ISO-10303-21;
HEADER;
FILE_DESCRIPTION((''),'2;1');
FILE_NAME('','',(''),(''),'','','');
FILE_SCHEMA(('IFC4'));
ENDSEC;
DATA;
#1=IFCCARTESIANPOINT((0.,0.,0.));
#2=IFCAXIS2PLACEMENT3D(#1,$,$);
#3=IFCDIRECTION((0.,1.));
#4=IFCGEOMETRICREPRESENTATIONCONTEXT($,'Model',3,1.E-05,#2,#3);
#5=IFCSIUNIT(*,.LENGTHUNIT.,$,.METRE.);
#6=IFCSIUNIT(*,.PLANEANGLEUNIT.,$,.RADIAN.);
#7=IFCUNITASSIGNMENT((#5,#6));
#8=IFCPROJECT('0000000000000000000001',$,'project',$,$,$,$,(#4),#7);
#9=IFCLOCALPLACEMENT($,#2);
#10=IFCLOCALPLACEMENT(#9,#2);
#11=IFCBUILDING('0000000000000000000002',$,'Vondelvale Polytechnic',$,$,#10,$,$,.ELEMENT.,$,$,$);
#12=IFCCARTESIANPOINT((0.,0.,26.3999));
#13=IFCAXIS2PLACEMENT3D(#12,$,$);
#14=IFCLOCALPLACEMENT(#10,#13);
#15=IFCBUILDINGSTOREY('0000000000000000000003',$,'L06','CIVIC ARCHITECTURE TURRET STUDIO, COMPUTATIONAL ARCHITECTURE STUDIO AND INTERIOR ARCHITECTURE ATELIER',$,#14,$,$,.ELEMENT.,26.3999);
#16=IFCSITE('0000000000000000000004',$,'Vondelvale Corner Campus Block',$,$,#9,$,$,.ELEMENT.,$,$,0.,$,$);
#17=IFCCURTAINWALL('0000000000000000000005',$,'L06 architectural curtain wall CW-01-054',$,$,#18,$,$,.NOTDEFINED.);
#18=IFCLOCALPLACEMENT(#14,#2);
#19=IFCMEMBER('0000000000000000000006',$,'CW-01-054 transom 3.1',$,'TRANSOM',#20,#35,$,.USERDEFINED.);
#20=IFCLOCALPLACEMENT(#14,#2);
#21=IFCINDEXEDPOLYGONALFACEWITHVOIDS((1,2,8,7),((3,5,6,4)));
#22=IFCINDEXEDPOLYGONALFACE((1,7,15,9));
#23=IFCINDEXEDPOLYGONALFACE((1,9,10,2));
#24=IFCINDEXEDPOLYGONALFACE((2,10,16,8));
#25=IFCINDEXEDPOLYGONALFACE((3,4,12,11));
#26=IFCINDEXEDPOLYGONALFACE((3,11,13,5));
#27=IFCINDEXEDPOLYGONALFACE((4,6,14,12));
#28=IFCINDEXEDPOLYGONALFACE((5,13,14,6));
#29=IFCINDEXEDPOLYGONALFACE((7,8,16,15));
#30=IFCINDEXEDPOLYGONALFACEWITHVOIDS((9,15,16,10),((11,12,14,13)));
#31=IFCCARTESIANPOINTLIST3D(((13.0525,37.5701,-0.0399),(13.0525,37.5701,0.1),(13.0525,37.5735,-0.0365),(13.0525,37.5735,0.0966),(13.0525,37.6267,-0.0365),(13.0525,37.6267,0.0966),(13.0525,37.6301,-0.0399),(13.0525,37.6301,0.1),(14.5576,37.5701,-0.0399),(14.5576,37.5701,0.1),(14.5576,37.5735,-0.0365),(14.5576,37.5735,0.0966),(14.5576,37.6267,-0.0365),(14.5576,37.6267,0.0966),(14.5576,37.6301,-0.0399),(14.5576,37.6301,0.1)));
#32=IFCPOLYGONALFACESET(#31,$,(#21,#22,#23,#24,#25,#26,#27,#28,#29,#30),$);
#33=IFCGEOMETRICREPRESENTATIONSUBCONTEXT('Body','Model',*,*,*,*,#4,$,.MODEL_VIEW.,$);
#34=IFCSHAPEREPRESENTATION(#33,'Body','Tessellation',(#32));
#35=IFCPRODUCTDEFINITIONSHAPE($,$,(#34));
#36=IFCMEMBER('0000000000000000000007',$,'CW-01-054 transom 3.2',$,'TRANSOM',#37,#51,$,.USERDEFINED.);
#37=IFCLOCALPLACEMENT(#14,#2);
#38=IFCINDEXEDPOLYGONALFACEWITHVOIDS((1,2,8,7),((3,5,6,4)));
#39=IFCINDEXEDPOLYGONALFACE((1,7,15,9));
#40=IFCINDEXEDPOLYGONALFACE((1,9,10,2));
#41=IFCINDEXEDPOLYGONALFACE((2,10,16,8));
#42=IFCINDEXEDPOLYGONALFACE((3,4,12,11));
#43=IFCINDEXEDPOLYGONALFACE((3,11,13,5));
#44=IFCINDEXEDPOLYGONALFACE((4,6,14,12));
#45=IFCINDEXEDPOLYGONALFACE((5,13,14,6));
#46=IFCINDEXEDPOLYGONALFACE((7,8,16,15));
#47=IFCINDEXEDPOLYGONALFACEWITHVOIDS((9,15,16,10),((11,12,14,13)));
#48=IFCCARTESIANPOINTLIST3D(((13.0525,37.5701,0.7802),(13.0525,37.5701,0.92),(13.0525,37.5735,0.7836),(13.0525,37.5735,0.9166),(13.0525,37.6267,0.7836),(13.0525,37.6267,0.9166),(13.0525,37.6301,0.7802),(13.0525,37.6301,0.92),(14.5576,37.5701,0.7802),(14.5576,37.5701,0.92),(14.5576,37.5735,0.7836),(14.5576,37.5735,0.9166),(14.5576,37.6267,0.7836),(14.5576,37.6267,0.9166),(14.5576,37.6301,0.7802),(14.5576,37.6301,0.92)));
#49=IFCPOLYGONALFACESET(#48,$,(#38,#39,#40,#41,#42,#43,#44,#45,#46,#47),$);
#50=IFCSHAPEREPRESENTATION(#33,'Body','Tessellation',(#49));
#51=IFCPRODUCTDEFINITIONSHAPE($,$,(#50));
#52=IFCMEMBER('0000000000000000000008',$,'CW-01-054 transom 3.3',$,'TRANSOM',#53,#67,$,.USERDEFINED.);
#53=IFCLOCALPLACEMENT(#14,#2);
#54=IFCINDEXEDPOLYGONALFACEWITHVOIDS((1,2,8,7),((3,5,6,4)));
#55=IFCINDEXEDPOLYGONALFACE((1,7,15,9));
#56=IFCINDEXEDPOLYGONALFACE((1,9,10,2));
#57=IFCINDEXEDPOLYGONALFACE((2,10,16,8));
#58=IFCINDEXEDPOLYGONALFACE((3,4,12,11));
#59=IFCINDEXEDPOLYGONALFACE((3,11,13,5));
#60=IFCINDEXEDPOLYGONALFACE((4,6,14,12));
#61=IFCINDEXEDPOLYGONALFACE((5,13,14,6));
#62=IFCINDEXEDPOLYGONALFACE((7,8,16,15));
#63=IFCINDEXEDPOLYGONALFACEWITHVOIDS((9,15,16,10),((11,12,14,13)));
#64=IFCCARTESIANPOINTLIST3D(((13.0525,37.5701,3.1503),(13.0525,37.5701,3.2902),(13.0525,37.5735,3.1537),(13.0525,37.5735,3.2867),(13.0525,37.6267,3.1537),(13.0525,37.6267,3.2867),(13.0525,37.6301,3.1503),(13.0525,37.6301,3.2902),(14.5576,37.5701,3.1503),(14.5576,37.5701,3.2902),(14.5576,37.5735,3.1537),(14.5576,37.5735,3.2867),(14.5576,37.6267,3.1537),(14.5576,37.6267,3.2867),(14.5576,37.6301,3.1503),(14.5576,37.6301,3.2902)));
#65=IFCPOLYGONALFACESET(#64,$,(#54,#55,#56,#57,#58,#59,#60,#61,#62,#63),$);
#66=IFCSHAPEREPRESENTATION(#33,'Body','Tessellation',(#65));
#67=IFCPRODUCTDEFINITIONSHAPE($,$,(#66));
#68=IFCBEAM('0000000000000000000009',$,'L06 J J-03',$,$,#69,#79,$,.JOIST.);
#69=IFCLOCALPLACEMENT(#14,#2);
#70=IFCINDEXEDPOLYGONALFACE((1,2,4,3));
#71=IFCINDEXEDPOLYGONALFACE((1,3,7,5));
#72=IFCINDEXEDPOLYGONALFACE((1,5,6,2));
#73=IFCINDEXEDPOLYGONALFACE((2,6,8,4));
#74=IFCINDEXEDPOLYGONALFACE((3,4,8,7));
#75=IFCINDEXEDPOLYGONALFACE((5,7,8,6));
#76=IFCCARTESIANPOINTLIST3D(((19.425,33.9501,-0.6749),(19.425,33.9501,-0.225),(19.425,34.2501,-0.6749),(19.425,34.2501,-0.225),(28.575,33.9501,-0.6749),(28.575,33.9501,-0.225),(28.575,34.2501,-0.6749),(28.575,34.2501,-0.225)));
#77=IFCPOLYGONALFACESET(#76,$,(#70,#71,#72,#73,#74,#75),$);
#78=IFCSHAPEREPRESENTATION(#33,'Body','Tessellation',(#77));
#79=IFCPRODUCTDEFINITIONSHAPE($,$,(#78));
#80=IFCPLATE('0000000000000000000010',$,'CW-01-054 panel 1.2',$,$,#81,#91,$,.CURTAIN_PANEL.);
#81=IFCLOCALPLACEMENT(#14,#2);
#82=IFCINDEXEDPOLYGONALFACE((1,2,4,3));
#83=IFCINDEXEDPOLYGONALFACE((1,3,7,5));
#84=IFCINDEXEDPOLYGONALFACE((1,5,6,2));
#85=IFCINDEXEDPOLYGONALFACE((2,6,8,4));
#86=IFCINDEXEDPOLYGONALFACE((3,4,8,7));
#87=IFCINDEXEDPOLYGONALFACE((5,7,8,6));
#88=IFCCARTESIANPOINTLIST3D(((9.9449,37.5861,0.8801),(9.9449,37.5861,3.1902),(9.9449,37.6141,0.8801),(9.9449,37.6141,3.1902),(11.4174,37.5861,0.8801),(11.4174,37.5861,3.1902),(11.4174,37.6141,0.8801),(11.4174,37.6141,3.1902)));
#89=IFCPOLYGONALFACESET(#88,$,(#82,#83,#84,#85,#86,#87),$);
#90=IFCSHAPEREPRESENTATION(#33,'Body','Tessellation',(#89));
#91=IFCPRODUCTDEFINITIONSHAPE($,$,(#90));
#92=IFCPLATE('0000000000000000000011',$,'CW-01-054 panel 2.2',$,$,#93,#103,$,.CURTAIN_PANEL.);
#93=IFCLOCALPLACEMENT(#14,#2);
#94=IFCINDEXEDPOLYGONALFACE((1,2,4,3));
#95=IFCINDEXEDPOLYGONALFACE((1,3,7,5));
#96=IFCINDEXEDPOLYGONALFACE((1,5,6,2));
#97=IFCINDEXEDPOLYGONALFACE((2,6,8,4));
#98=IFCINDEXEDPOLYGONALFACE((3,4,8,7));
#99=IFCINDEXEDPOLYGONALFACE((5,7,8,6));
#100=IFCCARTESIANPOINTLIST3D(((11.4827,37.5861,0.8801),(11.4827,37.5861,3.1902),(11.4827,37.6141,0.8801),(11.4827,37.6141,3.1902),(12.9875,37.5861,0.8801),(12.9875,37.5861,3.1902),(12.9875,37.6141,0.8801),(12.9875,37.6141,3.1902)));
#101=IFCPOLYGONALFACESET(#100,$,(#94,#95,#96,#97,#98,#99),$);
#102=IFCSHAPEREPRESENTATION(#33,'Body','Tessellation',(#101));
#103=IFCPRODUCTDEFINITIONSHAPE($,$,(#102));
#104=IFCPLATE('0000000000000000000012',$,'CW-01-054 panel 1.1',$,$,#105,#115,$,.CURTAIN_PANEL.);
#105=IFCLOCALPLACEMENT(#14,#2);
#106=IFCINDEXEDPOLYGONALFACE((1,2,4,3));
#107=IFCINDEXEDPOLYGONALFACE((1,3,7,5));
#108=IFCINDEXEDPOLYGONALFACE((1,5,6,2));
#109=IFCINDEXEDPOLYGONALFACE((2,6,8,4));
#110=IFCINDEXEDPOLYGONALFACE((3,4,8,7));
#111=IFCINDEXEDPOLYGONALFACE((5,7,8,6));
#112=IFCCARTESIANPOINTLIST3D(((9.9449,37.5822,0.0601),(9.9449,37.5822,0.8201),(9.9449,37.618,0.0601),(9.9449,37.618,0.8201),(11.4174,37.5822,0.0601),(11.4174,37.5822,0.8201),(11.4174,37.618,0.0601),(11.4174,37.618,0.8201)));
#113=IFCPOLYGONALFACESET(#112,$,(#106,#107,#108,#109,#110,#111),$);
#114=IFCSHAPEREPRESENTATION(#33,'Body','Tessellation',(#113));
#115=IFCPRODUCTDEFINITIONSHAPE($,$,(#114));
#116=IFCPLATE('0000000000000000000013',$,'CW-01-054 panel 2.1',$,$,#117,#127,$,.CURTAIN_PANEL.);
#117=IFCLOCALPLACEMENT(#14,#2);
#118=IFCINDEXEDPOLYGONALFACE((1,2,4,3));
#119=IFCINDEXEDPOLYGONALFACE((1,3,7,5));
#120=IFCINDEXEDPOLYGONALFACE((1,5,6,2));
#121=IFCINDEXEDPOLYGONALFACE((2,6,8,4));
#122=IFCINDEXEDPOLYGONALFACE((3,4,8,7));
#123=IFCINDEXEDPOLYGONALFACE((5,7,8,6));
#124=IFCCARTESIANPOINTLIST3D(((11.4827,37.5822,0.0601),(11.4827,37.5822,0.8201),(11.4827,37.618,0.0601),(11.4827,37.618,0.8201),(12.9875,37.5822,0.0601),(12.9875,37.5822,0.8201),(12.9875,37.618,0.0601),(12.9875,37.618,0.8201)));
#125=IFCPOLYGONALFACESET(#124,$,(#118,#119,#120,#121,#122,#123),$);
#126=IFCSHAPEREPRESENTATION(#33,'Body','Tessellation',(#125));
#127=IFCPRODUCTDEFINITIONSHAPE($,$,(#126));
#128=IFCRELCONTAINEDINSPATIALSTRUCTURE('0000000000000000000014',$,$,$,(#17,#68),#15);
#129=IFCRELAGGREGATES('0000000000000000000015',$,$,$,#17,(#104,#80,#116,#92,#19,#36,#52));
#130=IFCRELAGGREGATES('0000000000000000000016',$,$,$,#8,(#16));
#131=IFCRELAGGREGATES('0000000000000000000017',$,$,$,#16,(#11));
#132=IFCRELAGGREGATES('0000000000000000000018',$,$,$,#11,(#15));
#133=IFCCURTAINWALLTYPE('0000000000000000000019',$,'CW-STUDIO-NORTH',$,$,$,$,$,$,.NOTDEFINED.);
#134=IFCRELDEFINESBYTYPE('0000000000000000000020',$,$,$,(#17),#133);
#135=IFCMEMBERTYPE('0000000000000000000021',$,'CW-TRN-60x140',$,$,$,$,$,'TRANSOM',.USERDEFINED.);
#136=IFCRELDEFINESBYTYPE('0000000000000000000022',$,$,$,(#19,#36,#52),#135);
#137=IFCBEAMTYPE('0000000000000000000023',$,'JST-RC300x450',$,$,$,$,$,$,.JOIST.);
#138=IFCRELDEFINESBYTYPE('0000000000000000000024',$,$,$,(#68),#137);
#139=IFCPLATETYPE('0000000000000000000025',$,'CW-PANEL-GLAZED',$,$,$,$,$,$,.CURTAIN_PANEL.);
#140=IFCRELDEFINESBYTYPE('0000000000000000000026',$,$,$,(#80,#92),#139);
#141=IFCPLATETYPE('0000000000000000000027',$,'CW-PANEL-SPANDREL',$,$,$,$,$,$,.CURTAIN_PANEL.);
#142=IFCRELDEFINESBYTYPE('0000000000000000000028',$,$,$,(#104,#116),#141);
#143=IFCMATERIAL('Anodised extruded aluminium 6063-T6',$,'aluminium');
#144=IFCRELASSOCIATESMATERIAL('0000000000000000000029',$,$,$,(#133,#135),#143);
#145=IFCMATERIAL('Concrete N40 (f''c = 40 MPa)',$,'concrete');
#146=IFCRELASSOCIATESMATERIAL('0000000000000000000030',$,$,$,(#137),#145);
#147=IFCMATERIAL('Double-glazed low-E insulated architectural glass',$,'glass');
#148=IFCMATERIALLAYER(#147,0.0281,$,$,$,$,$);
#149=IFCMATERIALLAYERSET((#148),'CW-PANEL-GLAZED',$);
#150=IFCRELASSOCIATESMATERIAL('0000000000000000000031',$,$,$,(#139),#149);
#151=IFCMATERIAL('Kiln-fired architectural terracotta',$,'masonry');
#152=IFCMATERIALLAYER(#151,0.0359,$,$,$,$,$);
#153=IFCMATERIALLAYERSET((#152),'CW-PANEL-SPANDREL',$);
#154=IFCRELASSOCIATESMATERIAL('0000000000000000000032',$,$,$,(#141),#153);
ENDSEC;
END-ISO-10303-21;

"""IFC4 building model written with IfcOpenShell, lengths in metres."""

from ifc_helpers import new_model, si_unit, direction, frame, origin, origin_2d, place, context, subcontext, project, spatial, rectangle, hollow_rectangle, extrude, material, layer, layer_set, material_profile, profile_set, type_object, element, aggregate, save


model = new_model("IFC4")

# Units and contexts
model_context = context("Model", 3, precision=1e-05, world=origin(), true_north=direction((0.0, 1.0)))
body_context = subcontext(model_context, "Body", "Model", "MODEL_VIEW")
ifc_project = project(units=[si_unit("LENGTHUNIT", "METRE"), si_unit("PLANEANGLEUNIT", "RADIAN")], contexts=[model_context])

# Site, building, storey
site_placement = place(None, origin())
site = spatial("IfcSite", under=ifc_project, at=site_placement, Name="Vondelvale Corner Campus Block", CompositionType="ELEMENT", RefElevation=0.0)
building_placement = place(site_placement, origin())
building = spatial("IfcBuilding", under=site, at=building_placement, Name="Vondelvale Polytechnic", CompositionType="ELEMENT")
storey_placement = place(building_placement, frame((0.0, 0.0, 26.3999)))
storey = spatial("IfcBuildingStorey", under=building, at=storey_placement, Name="L06", Description="CIVIC ARCHITECTURE TURRET STUDIO, COMPUTATIONAL ARCHITECTURE STUDIO AND INTERIOR ARCHITECTURE ATELIER", CompositionType="ELEMENT", Elevation=26.3999)

# Shared definitions
ifc_material_1 = material(Name="Concrete N40 (f'c = 40 MPa)", Category="concrete")

# Curtain wall, members
ifc_material_2 = material(Name="Anodised extruded aluminium 6063-T6", Category="aluminium")
curtain_wall_type = type_object("IfcCurtainWallType", Name="CW-STUDIO-NORTH", PredefinedType="NOTDEFINED", material=ifc_material_2)
curtain_wall_placement = place(storey_placement, origin())
curtain_wall = element("IfcCurtainWall", 1, at=curtain_wall_placement, inside=storey, type_object=curtain_wall_type, Name="L06 architectural curtain wall CW-01-054", PredefinedType="NOTDEFINED")
ifc_material_profile_1 = material_profile(ifc_material_2, hollow_rectangle(XDim=0.0601, YDim=0.1399, WallThickness=0.0034, at=origin_2d()), Name="CW-TRN-140x60")
ifc_profile_set_1 = profile_set([ifc_material_profile_1], Name="Anodised extruded aluminium 6063-T6")
member_type_1 = type_object("IfcMemberType", Name="CW-TRN-60x140", ElementType="TRANSOM", PredefinedType="USERDEFINED", material=ifc_profile_set_1)
member_1_placement = place(storey_placement, frame((13.0525, 37.6001, 0.03), z_axis=(1.0, 0.0, 0.0), x_axis=(0.0, 1.0, 0.0)))
member_1 = element("IfcMember", 2, at=member_1_placement, type_object=member_type_1, Name="CW-01-054 transom 3.1", ObjectType="TRANSOM", PredefinedType="USERDEFINED", context=body_context, shape_type="SweptSolid", body=[
    extrude(hollow_rectangle(XDim=0.0601, YDim=0.1399, WallThickness=0.0034, at=origin_2d()), origin(), (0.0, 0.0, 1.0), 1.5051),
])
member_2_placement = place(storey_placement, frame((13.0525, 37.6001, 0.8501), z_axis=(1.0, 0.0, 0.0), x_axis=(0.0, 1.0, 0.0)))
member_2 = element("IfcMember", 3, at=member_2_placement, type_object=member_type_1, Name="CW-01-054 transom 3.2", ObjectType="TRANSOM", PredefinedType="USERDEFINED", context=body_context, shape_type="SweptSolid", body=[
    extrude(hollow_rectangle(XDim=0.0601, YDim=0.1399, WallThickness=0.0034, at=origin_2d()), origin(), (0.0, 0.0, 1.0), 1.5051),
])
member_3_placement = place(storey_placement, frame((13.0525, 37.6001, 3.2202), z_axis=(1.0, 0.0, 0.0), x_axis=(0.0, 1.0, 0.0)))
member_3 = element("IfcMember", 4, at=member_3_placement, type_object=member_type_1, Name="CW-01-054 transom 3.3", ObjectType="TRANSOM", PredefinedType="USERDEFINED", context=body_context, shape_type="SweptSolid", body=[
    extrude(hollow_rectangle(XDim=0.0601, YDim=0.1399, WallThickness=0.0034, at=origin_2d()), origin(), (0.0, 0.0, 1.0), 1.5051),
])

# Beam
ifc_material_profile_2 = material_profile(ifc_material_1, rectangle(XDim=0.3, YDim=0.45, at=origin_2d()), Name="RC-JST-300x450")
ifc_profile_set_2 = profile_set([ifc_material_profile_2], Name="Concrete N40 (f'c = 40 MPa)")
beam_type_1 = type_object("IfcBeamType", Name="JST-RC300x450", PredefinedType="JOIST", material=ifc_profile_set_2)
beam_1_placement = place(storey_placement, frame((19.425, 34.1001, -0.45), z_axis=(1.0, 0.0, 0.0), x_axis=(0.0, 1.0, 0.0)))
element("IfcBeam", 5, at=beam_1_placement, inside=storey, type_object=beam_type_1, Name="L06 J J-03", PredefinedType="JOIST", context=body_context, shape_type="SweptSolid", body=[
    extrude(rectangle(XDim=0.3, YDim=0.45, at=origin_2d()), origin(), (0.0, 0.0, 1.0), 9.1499),
])

# Plates
ifc_material_3 = material(Name="Double-glazed low-E insulated architectural glass", Category="glass")
ifc_layer_1 = layer(ifc_material_3, 0.0281)
ifc_layer_set_1 = layer_set([ifc_layer_1], Name="CW-PANEL-GLAZED")
plate_type_1 = type_object("IfcPlateType", Name="CW-PANEL-GLAZED", PredefinedType="CURTAIN_PANEL", material=ifc_layer_set_1)
plate_1_placement = place(storey_placement, frame((10.6812, 37.6001, 0.8801), z_axis=(0.0, 0.0, 1.0), x_axis=(1.0, 0.0, 0.0)))
plate_1 = element("IfcPlate", 6, at=plate_1_placement, type_object=plate_type_1, Name="CW-01-054 panel 1.2", PredefinedType="CURTAIN_PANEL", context=body_context, shape_type="SweptSolid", body=[
    extrude(rectangle(XDim=1.4724, YDim=0.0281, at=origin_2d()), origin(), (0.0, 0.0, 1.0), 2.3101),
])
plate_2_placement = place(storey_placement, frame((12.2351, 37.6001, 0.8801), z_axis=(0.0, 0.0, 1.0), x_axis=(1.0, 0.0, 0.0)))
plate_2 = element("IfcPlate", 7, at=plate_2_placement, type_object=plate_type_1, Name="CW-01-054 panel 2.2", PredefinedType="CURTAIN_PANEL", context=body_context, shape_type="SweptSolid", body=[
    extrude(rectangle(XDim=1.5049, YDim=0.0281, at=origin_2d()), origin(), (0.0, 0.0, 1.0), 2.3101),
])
ifc_material_4 = material(Name="Kiln-fired architectural terracotta", Category="masonry")
ifc_layer_2 = layer(ifc_material_4, 0.0359)
ifc_layer_set_2 = layer_set([ifc_layer_2], Name="CW-PANEL-SPANDREL")
plate_type_2 = type_object("IfcPlateType", Name="CW-PANEL-SPANDREL", PredefinedType="CURTAIN_PANEL", material=ifc_layer_set_2)
plate_3_placement = place(storey_placement, frame((10.6812, 37.6001, 0.0601), z_axis=(0.0, 0.0, 1.0), x_axis=(1.0, 0.0, 0.0)))
plate_3 = element("IfcPlate", 8, at=plate_3_placement, type_object=plate_type_2, Name="CW-01-054 panel 1.1", PredefinedType="CURTAIN_PANEL", context=body_context, shape_type="SweptSolid", body=[
    extrude(rectangle(XDim=1.4724, YDim=0.0359, at=origin_2d()), origin(), (0.0, 0.0, 1.0), 0.76),
])
plate_4_placement = place(storey_placement, frame((12.2351, 37.6001, 0.0601), z_axis=(0.0, 0.0, 1.0), x_axis=(1.0, 0.0, 0.0)))
plate_4 = element("IfcPlate", 9, at=plate_4_placement, type_object=plate_type_2, Name="CW-01-054 panel 2.1", PredefinedType="CURTAIN_PANEL", context=body_context, shape_type="SweptSolid", body=[
    extrude(rectangle(XDim=1.5049, YDim=0.0359, at=origin_2d()), origin(), (0.0, 0.0, 1.0), 0.76),
])
aggregate(curtain_wall, [plate_3, plate_1, plate_4, plate_2, member_1, member_2, member_3])

save(model, "model.ifc")
